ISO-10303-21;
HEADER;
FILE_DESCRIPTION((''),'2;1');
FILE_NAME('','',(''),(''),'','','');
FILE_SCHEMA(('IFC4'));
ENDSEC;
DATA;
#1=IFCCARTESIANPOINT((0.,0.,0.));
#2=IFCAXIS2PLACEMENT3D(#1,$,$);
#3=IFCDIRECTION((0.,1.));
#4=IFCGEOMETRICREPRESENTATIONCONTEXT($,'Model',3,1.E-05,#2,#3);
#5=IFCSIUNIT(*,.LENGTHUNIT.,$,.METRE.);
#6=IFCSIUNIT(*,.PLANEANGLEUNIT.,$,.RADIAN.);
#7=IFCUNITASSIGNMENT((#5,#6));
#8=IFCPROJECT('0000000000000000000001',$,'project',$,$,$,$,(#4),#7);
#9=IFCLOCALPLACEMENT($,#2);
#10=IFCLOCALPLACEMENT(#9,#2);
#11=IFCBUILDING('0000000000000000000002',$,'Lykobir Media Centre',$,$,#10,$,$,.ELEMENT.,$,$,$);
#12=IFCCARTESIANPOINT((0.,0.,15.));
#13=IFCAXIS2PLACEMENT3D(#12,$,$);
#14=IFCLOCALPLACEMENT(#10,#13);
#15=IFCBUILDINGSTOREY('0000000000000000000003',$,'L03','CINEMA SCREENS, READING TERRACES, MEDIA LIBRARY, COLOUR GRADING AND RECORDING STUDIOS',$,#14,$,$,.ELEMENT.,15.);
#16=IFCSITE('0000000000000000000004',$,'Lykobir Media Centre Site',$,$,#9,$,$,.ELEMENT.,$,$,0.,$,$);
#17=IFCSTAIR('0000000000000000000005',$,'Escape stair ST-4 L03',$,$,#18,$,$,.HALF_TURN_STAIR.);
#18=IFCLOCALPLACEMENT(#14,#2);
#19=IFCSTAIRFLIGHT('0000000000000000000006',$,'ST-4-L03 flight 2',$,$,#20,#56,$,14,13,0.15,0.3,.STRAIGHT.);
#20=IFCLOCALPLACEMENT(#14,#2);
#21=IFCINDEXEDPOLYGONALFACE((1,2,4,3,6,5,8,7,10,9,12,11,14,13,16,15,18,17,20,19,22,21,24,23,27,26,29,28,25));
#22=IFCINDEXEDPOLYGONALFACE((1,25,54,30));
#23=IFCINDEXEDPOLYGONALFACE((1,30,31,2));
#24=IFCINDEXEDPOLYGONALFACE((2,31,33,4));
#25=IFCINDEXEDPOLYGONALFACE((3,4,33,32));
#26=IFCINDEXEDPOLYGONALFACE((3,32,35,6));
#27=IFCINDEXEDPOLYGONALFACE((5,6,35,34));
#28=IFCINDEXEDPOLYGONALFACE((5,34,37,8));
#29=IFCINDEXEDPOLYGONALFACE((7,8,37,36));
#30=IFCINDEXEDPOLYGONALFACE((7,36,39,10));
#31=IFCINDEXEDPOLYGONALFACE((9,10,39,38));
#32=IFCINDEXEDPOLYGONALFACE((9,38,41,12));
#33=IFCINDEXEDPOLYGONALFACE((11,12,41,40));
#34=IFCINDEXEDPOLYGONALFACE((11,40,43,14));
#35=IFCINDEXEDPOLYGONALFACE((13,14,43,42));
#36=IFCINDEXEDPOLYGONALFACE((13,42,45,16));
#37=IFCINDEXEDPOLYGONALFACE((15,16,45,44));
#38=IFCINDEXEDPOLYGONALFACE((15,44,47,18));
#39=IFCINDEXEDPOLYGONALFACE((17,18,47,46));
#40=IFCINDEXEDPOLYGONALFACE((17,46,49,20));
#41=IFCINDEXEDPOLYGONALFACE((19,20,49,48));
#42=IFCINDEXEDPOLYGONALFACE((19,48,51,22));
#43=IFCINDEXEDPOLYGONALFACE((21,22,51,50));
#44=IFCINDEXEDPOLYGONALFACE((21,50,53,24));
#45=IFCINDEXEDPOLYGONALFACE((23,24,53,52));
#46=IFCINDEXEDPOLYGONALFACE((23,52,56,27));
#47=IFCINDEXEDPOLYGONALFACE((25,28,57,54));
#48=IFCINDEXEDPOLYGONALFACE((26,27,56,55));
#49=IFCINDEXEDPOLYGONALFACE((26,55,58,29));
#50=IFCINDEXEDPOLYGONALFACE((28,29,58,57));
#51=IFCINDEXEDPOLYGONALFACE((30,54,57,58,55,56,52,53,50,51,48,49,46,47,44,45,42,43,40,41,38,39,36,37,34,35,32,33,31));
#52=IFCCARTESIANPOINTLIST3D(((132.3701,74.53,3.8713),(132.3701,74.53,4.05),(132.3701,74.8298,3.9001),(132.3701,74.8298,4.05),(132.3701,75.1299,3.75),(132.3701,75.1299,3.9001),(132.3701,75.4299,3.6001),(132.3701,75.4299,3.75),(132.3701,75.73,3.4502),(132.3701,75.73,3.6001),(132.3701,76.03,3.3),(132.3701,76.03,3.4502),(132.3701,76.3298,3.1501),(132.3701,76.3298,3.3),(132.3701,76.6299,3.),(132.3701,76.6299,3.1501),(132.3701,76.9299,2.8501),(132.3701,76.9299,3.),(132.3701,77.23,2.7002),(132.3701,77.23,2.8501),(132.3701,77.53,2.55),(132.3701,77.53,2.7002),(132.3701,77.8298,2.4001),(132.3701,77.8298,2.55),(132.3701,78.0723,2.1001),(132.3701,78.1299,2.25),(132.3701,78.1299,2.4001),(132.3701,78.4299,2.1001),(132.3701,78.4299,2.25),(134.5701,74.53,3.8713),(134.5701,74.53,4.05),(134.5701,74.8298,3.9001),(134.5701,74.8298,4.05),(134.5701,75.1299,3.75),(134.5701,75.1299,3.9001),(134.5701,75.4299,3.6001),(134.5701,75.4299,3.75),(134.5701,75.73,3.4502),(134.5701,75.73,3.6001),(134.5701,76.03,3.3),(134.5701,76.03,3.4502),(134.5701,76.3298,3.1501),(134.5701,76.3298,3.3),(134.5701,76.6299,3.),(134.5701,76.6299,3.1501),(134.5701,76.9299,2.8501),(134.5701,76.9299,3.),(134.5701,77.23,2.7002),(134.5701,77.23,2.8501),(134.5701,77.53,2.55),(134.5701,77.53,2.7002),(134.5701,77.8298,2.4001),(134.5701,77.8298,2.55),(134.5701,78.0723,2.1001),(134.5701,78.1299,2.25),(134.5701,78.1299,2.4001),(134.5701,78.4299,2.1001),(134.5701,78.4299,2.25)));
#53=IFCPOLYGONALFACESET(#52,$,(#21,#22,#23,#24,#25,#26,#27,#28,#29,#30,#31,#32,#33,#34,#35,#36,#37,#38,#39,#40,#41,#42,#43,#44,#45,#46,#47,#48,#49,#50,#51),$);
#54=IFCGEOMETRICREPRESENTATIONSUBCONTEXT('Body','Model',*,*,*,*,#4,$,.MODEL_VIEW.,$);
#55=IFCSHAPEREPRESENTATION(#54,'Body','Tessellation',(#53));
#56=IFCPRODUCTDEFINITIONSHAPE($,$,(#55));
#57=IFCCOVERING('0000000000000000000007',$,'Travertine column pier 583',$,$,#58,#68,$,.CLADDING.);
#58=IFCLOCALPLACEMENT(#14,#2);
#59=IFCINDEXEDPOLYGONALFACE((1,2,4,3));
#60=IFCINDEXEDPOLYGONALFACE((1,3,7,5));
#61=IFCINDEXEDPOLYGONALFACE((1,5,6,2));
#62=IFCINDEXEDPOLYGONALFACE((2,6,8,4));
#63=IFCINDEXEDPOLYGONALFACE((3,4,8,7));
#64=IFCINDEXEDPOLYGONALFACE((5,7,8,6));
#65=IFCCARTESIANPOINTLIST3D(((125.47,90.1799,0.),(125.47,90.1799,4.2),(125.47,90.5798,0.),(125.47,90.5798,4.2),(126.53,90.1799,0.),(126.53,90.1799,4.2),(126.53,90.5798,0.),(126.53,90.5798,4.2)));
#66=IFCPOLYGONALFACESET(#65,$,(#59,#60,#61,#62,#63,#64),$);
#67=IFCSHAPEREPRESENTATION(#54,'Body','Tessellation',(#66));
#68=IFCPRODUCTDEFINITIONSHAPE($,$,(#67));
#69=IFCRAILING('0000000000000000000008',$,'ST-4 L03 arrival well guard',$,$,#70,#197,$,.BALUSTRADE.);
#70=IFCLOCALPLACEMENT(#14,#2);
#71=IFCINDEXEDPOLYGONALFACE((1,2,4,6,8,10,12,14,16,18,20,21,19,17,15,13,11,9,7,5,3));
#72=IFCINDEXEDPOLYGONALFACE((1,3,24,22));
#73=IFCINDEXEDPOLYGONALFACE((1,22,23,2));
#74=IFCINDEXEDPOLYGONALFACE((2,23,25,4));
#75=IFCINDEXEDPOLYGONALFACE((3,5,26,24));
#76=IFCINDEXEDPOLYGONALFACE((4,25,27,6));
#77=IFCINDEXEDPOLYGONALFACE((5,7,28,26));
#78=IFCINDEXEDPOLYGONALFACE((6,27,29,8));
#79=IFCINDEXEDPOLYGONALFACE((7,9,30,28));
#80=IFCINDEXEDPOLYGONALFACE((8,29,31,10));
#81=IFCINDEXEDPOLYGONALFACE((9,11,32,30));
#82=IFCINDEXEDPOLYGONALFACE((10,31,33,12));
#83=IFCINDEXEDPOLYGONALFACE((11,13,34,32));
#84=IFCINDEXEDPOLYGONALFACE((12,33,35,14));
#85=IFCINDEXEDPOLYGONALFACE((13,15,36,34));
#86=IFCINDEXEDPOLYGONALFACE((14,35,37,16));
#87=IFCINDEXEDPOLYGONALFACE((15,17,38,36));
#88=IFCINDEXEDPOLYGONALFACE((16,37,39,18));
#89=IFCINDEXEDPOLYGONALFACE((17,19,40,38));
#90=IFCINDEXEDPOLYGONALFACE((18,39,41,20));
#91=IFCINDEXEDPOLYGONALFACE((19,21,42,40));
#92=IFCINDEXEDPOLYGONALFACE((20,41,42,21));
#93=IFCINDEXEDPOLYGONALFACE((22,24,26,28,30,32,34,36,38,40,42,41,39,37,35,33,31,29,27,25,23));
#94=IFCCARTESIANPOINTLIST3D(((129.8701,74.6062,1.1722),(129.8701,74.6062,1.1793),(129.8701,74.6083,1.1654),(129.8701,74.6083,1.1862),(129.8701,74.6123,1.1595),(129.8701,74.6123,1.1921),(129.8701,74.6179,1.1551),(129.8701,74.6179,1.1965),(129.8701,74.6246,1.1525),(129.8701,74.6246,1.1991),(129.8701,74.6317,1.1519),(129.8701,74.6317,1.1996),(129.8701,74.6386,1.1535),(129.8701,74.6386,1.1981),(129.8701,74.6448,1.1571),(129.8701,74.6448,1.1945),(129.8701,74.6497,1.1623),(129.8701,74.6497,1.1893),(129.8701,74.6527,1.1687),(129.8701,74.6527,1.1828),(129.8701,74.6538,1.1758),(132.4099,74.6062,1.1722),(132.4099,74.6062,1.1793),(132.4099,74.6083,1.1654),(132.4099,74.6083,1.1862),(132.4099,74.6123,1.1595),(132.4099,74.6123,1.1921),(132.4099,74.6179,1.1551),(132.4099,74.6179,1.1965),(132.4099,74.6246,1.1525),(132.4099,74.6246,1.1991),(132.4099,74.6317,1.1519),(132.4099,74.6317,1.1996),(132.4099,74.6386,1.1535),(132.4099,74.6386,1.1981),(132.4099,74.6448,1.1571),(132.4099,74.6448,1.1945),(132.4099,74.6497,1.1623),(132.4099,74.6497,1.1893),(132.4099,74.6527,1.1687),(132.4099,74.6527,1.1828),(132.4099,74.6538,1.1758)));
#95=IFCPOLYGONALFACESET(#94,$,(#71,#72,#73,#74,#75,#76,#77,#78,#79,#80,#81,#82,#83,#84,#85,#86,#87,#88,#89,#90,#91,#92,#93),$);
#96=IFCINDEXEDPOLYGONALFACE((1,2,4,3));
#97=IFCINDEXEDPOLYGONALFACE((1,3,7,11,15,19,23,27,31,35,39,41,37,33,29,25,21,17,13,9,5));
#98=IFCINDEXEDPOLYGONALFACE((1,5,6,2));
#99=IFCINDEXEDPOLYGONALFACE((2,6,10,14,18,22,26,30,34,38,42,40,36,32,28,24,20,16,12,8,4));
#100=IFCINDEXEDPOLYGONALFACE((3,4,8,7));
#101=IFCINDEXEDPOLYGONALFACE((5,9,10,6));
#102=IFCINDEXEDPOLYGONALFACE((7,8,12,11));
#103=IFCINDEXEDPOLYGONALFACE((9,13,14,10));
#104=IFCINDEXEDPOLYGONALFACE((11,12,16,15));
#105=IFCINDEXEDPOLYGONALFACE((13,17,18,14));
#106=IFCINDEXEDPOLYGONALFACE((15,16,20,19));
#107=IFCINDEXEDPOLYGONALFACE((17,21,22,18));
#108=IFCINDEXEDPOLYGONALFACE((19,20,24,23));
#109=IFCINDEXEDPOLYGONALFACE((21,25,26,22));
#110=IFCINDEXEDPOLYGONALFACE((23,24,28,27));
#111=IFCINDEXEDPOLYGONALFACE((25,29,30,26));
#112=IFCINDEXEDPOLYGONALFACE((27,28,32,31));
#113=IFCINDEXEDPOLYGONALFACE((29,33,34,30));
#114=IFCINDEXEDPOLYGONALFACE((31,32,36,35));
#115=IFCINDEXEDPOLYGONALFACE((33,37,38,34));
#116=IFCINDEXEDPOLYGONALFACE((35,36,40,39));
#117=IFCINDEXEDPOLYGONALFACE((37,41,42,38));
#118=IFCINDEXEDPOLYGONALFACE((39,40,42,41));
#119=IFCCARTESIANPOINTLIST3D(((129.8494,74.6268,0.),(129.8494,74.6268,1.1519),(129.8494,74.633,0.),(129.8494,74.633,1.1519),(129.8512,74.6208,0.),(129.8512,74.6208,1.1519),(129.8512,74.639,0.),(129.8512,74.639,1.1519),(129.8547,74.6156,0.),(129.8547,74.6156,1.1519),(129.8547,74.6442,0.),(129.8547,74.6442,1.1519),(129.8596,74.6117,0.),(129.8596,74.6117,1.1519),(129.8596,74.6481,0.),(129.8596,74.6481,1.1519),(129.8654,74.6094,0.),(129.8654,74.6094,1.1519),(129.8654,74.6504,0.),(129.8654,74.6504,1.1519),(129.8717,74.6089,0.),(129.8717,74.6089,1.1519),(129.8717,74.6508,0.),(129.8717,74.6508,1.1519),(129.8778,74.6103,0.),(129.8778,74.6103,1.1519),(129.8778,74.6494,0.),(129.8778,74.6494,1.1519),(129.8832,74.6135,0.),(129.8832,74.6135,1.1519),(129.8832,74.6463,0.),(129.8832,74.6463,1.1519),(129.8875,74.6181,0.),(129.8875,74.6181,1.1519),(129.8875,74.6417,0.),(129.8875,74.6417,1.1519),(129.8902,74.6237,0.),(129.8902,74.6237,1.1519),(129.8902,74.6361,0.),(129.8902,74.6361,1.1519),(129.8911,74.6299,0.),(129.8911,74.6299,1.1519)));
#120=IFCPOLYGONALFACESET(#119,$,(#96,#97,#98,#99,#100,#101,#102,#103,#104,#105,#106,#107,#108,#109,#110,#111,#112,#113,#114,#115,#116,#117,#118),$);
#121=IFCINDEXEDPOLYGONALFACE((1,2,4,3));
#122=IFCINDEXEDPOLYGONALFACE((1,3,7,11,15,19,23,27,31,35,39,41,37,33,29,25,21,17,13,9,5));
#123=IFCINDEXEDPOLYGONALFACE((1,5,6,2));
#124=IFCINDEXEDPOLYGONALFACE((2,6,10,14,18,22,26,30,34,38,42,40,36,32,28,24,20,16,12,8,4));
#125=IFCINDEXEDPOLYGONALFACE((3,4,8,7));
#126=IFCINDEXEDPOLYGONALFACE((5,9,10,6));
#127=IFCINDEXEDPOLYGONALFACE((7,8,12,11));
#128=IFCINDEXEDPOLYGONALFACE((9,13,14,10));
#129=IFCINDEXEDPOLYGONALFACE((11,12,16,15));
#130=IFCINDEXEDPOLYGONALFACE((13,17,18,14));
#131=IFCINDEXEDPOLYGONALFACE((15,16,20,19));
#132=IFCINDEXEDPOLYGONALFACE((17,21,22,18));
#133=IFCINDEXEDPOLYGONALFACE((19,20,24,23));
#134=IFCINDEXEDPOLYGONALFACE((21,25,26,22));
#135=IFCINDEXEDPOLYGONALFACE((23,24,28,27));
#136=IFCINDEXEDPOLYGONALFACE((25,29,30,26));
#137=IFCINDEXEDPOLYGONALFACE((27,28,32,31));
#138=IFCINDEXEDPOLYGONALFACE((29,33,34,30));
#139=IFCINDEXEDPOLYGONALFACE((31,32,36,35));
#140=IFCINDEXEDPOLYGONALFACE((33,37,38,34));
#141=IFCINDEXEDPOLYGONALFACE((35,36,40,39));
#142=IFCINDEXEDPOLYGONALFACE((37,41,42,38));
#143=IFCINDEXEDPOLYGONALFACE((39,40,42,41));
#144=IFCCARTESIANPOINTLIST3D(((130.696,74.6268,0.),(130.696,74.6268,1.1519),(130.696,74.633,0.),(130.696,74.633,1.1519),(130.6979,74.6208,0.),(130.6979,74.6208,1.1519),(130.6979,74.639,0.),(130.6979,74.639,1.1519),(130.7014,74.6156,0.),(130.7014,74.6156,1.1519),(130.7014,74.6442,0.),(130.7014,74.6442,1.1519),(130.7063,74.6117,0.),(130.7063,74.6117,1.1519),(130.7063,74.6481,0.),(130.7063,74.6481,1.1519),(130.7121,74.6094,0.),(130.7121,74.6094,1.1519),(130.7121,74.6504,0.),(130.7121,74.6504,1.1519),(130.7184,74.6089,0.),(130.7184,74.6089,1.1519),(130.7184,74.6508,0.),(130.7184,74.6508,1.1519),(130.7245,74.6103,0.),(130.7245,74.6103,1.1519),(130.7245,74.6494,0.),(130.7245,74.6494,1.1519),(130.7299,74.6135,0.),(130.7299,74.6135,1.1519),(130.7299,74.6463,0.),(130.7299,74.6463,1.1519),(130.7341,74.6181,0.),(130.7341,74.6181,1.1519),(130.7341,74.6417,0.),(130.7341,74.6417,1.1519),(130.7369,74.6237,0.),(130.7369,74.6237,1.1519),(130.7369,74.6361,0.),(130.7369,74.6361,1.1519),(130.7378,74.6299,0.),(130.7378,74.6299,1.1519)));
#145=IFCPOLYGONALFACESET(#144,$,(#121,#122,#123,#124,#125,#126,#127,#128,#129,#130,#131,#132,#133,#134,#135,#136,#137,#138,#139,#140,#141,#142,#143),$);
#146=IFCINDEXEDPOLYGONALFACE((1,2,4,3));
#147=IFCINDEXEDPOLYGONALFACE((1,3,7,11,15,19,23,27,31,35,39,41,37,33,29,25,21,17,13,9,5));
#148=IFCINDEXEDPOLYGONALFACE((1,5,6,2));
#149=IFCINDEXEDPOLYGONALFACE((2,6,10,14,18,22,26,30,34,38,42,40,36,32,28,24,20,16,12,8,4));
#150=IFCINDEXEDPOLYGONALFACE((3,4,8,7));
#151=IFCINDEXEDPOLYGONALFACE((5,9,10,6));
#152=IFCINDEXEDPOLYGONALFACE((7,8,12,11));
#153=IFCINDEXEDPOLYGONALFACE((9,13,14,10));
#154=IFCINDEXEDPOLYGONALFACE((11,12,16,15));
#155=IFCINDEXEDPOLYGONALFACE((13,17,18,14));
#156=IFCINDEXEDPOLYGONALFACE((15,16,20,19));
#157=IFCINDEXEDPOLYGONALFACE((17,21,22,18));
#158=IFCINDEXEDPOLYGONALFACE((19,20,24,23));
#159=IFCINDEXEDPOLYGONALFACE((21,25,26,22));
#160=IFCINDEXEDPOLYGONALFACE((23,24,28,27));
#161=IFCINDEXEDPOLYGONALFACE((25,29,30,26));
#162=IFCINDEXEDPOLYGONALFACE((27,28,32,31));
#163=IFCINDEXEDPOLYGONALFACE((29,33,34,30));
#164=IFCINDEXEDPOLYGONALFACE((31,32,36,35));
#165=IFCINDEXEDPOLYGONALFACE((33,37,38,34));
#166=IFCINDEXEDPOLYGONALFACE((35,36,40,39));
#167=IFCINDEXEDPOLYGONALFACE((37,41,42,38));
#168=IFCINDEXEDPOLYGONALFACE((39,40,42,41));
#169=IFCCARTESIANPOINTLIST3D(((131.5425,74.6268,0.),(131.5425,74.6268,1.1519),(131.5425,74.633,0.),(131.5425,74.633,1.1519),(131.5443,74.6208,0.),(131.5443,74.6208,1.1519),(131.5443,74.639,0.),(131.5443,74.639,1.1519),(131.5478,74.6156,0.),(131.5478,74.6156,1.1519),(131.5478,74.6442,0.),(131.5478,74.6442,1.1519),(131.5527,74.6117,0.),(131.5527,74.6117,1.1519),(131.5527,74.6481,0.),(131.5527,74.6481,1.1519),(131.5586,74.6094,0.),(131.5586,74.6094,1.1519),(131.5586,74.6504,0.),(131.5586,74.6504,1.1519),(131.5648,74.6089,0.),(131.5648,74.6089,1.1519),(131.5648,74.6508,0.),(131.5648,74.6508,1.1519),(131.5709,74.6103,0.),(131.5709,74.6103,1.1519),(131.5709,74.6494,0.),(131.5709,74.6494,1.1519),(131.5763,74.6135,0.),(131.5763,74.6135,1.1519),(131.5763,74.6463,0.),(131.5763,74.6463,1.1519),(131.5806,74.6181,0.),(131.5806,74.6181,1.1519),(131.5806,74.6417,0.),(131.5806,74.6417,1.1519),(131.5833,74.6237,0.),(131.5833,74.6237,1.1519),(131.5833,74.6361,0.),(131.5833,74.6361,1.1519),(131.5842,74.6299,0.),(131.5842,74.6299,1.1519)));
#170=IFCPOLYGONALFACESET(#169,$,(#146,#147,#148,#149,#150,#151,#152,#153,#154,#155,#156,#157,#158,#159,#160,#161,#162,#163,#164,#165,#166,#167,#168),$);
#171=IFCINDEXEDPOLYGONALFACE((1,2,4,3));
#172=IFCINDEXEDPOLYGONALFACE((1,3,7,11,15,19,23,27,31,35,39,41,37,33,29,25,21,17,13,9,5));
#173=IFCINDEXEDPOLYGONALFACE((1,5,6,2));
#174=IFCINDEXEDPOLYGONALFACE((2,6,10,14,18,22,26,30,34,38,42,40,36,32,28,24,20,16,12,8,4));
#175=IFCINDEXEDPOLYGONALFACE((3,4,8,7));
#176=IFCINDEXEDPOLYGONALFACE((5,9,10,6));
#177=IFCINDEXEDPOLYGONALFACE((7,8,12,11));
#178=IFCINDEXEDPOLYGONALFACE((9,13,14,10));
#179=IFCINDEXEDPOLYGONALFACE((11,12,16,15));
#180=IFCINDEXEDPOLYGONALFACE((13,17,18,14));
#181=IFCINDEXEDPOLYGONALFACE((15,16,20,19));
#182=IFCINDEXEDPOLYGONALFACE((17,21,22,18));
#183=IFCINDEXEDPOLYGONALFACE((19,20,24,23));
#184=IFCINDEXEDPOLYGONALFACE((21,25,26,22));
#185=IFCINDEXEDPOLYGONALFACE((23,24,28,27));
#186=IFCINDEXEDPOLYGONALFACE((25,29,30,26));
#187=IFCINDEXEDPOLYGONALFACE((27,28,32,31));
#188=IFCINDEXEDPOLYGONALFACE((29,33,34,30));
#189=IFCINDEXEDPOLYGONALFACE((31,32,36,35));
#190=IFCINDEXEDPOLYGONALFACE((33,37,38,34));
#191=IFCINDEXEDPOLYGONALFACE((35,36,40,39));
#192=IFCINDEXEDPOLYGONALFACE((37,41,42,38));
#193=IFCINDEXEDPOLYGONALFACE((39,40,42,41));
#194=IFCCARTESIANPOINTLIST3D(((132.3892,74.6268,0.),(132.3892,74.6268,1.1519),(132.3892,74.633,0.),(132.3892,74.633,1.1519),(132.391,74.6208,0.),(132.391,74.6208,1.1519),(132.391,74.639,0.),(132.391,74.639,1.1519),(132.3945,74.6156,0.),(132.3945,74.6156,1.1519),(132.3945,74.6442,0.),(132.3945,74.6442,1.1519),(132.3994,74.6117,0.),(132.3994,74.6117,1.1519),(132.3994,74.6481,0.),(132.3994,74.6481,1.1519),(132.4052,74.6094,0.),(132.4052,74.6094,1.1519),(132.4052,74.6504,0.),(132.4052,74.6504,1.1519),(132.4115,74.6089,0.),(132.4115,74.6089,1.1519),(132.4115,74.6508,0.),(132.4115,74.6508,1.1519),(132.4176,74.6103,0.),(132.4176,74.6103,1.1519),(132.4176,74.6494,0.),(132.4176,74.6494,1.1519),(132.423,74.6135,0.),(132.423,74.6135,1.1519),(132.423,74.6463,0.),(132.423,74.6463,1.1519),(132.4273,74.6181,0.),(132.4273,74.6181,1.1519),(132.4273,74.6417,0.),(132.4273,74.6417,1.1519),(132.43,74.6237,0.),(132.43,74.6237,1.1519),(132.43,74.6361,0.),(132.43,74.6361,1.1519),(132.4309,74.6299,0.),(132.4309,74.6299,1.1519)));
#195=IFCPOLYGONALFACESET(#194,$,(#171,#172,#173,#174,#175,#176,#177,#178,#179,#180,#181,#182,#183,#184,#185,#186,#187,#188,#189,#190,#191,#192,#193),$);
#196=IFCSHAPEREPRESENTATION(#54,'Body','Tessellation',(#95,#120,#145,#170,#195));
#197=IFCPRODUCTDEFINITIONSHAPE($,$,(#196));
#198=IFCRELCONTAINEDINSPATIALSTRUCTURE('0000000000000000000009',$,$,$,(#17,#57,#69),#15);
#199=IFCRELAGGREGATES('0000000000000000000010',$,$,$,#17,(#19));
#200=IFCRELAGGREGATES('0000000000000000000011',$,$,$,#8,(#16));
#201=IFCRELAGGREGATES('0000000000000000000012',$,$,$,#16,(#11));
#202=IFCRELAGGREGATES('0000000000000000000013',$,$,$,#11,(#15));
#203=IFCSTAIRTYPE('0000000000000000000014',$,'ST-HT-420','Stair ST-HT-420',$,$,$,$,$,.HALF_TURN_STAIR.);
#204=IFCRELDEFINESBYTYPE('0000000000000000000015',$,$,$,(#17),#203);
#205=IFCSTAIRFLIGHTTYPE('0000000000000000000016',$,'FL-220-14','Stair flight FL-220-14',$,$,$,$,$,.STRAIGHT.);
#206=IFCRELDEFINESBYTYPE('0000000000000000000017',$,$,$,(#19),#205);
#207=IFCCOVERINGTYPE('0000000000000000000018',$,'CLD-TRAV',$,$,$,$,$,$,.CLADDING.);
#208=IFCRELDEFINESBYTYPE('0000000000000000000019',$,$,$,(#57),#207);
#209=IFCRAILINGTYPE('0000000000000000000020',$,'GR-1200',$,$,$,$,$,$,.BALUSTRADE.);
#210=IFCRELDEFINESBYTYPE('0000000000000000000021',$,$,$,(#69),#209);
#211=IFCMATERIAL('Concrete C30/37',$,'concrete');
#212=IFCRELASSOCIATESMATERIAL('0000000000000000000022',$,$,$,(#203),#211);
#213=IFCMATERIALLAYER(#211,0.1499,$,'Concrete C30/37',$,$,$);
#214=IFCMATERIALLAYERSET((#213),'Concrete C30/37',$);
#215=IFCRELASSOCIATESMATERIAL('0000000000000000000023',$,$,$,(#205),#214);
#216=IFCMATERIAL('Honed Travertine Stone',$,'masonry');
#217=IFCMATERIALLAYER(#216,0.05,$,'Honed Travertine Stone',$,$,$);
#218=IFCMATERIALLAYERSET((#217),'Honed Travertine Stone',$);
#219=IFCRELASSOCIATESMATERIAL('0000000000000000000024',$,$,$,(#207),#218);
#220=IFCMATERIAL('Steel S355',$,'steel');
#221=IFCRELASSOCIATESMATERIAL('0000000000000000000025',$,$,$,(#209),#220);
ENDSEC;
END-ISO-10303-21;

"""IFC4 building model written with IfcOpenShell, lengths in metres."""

from ifc_helpers import new_model, si_unit, direction, frame, origin, origin_2d, place, context, subcontext, project, spatial, polyline, rectangle, circle, outline, extrude, material, layer, layer_set, type_object, element, aggregate, save


model = new_model("IFC4")

# Units and contexts
model_context = context("Model", 3, precision=1e-05, world=origin(), true_north=direction((0.0, 1.0)))
body_context = subcontext(model_context, "Body", "Model", "MODEL_VIEW")
ifc_project = project(units=[si_unit("LENGTHUNIT", "METRE"), si_unit("PLANEANGLEUNIT", "RADIAN")], contexts=[model_context])

# Site, building, storey
site_placement = place(None, origin())
site = spatial("IfcSite", under=ifc_project, at=site_placement, Name="Lykobir Media Centre Site", CompositionType="ELEMENT", RefElevation=0.0)
building_placement = place(site_placement, origin())
building = spatial("IfcBuilding", under=site, at=building_placement, Name="Lykobir Media Centre", CompositionType="ELEMENT")
storey_placement = place(building_placement, frame((0.0, 0.0, 15.0)))
storey = spatial("IfcBuildingStorey", under=building, at=storey_placement, Name="L03", Description="CINEMA SCREENS, READING TERRACES, MEDIA LIBRARY, COLOUR GRADING AND RECORDING STUDIOS", CompositionType="ELEMENT", Elevation=15.0)

# Shared definitions
ifc_material_1 = material(Name="Steel S355", Category="steel")

# Shared definitions
ifc_material_2 = material(Name="Concrete C30/37", Category="concrete")

# Stair, stair flight
stair_type = type_object("IfcStairType", Name="ST-HT-420", Description="Stair ST-HT-420", PredefinedType="HALF_TURN_STAIR", material=ifc_material_2)
stair_placement = place(storey_placement, origin())
stair = element("IfcStair", 1, at=stair_placement, inside=storey, type_object=stair_type, Name="Escape stair ST-4 L03", PredefinedType="HALF_TURN_STAIR")
ifc_layer_1 = layer(ifc_material_2, 0.1499, Name="Concrete C30/37")
ifc_layer_set_1 = layer_set([ifc_layer_1], Name="Concrete C30/37")
stair_flight_type = type_object("IfcStairFlightType", Name="FL-220-14", Description="Stair flight FL-220-14", PredefinedType="STRAIGHT", material=ifc_layer_set_1)
stair_flight_placement = place(storey_placement, frame((133.47, 78.4299, 2.1001), z_axis=(0.0, 0.0, 1.0), x_axis=(0.0, -1.0, 0.0)))
stair_flight = element("IfcStairFlight", 2, at=stair_flight_placement, type_object=stair_flight_type, Name="ST-4-L03 flight 2", NumberOfRisers=14, NumberOfTreads=13, PredefinedType="STRAIGHT", RiserHeight=0.15, TreadLength=0.3, context=body_context, shape_type="SweptSolid", body=[
    extrude(outline(polyline([(0.0, 0.0), (0.0, 0.1499), (0.3, 0.1499), (0.3, 0.3), (0.6001, 0.3), (0.6001, 0.45), (0.8999, 0.45), (0.8999, 0.6001), (1.2, 0.6001), (1.2, 0.75), (1.5, 0.75), (1.5, 0.8999), (1.8, 0.8999), (1.8, 1.05), (2.1001, 1.05), (2.1001, 1.2), (2.3999, 1.2), (2.3999, 1.3501), (2.7, 1.3501), (2.7, 1.5), (3.0, 1.5), (3.0, 1.6499), (3.3, 1.6499), (3.3, 1.8), (3.6001, 1.8), (3.6001, 1.95), (3.8999, 1.95), (3.8999, 2.1001), (3.8999, 1.7712), (0.3577, 0.0), (0.0, 0.0)])), frame((0.0, 1.1001, 0.0), z_axis=(0.0, -1.0, 0.0), x_axis=(1.0, 0.0, 0.0)), (0.0, 0.0, 1.0), 2.2),
])
aggregate(stair, [stair_flight])

# Covering
ifc_material_3 = material(Name="Honed Travertine Stone", Category="masonry")
ifc_layer_2 = layer(ifc_material_3, 0.05, Name="Honed Travertine Stone")
ifc_layer_set_2 = layer_set([ifc_layer_2], Name="Honed Travertine Stone")
covering_type = type_object("IfcCoveringType", Name="CLD-TRAV", PredefinedType="CLADDING", material=ifc_layer_set_2)
covering_placement = place(storey_placement, frame((126.0, 90.3799, 0.0), z_axis=(0.0, 0.0, 1.0), x_axis=(-1.0, 0.0, 0.0)))
element("IfcCovering", 3, at=covering_placement, inside=storey, type_object=covering_type, Name="Travertine column pier 583", PredefinedType="CLADDING", context=body_context, shape_type="SweptSolid", body=[
    extrude(rectangle(XDim=1.0601, YDim=0.3999, at=origin_2d()), origin(), (0.0, 0.0, 1.0), 4.2),
])

# Railing
railing_type_1 = type_object("IfcRailingType", Name="GR-1200", PredefinedType="BALUSTRADE", material=ifc_material_1)
railing_1_placement = place(storey_placement, frame((129.8701, 74.6299, 0.0)))
element("IfcRailing", 4, at=railing_1_placement, inside=storey, type_object=railing_type_1, Name="ST-4 L03 arrival well guard", PredefinedType="BALUSTRADE", context=body_context, shape_type="SweptSolid", body=[
    extrude(circle(Radius=0.0239, at=origin_2d()), frame((0.0, 0.0, 1.1758), z_axis=(1.0, 0.0, 0.0), x_axis=(0.0, 1.0, 0.0)), (0.0, 0.0, 1.0), 2.5398),
    extrude(circle(Radius=0.021, at=origin_2d()), origin(), (0.0, 0.0, 1.0), 1.1519),
    extrude(circle(Radius=0.021, at=origin_2d()), frame((0.8467, 0.0, 0.0)), (0.0, 0.0, 1.0), 1.1519),
    extrude(circle(Radius=0.021, at=origin_2d()), frame((1.6931, 0.0, 0.0)), (0.0, 0.0, 1.0), 1.1519),
    extrude(circle(Radius=0.021, at=origin_2d()), frame((2.5398, 0.0, 0.0)), (0.0, 0.0, 1.0), 1.1519),
])

save(model, "model.ifc")
